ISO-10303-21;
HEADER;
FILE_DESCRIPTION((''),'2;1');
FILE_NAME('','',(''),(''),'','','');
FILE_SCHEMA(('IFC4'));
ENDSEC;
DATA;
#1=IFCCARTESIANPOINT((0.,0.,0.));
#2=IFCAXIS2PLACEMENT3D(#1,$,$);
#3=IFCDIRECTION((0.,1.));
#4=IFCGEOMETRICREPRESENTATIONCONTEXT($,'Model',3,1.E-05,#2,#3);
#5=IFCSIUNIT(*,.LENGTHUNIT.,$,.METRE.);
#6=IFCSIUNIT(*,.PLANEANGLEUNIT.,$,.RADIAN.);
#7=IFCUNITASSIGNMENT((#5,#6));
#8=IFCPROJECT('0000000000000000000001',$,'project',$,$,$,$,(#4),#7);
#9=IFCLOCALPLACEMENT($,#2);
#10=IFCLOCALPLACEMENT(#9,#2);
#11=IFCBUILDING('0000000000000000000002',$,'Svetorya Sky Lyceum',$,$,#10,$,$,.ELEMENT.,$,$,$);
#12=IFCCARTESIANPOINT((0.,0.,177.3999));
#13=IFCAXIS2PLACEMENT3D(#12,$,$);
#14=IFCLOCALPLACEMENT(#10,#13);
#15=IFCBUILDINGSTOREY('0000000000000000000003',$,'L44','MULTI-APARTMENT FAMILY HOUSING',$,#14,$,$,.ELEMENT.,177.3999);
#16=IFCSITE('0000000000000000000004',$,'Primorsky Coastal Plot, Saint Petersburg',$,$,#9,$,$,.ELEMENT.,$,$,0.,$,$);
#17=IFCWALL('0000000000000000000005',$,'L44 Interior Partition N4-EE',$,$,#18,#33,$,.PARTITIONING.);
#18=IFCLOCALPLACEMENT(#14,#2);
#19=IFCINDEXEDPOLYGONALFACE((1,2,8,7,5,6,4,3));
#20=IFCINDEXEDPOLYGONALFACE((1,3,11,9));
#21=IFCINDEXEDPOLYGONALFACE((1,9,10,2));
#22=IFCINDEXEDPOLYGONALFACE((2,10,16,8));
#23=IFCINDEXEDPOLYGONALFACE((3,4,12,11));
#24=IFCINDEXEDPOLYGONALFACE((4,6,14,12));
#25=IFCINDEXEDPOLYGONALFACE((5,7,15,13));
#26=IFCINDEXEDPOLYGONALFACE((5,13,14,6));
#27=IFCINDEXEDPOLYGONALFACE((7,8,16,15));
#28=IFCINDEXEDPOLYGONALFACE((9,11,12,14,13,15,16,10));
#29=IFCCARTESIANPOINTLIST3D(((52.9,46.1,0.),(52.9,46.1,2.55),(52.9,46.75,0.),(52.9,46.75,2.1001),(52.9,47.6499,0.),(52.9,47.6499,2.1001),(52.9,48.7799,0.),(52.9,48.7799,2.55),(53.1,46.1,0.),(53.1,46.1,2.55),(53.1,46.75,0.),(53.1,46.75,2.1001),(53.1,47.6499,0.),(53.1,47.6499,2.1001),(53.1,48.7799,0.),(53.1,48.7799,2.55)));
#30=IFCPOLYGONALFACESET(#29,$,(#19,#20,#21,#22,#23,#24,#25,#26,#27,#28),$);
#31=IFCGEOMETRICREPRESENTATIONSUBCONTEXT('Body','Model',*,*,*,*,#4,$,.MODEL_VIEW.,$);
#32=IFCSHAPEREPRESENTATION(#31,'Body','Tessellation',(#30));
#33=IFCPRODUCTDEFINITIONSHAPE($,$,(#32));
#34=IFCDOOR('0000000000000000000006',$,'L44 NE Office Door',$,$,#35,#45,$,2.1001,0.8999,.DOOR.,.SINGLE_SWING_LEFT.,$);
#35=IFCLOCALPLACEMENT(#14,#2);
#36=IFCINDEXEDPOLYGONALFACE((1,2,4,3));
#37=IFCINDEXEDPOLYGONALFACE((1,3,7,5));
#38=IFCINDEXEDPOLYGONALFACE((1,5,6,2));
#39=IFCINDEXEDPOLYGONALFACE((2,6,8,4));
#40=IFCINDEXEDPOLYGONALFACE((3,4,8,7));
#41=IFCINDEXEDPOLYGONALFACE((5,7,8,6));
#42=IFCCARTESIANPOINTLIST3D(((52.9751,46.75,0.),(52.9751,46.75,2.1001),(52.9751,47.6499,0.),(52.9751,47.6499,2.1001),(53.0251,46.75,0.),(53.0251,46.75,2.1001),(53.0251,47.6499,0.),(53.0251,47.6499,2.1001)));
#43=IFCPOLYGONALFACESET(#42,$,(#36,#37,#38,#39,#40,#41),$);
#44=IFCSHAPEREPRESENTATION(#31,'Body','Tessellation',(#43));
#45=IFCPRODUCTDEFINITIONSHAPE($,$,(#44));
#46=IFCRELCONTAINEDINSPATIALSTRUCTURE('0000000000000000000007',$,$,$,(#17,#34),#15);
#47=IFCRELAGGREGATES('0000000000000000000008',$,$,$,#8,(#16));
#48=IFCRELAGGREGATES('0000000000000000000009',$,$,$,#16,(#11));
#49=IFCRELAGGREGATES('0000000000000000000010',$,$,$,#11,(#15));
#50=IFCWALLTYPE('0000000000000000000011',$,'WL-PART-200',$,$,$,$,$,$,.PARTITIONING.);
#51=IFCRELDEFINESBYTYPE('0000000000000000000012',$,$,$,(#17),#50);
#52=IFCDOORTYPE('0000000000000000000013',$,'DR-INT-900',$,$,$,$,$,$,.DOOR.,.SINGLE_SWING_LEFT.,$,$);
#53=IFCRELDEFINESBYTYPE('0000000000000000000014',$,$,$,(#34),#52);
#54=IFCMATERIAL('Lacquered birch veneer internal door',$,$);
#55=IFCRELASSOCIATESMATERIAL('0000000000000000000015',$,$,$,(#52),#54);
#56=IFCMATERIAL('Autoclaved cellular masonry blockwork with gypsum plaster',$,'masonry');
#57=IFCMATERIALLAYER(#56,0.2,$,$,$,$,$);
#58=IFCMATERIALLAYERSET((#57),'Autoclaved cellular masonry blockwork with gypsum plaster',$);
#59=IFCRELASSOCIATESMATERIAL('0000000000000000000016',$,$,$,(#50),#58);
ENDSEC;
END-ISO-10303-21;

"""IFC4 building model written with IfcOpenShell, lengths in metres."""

from ifc_helpers import new_model, si_unit, direction, frame, frame_2d, origin, place, context, subcontext, project, spatial, rectangle, extrude, material, layer, layer_set, type_object, element, fill, save


model = new_model("IFC4")

# Units and contexts
model_context = context("Model", 3, precision=1e-05, world=origin(), true_north=direction((0.0, 1.0)))
body_context = subcontext(model_context, "Body", "Model", "MODEL_VIEW")
ifc_project = project(units=[si_unit("LENGTHUNIT", "METRE"), si_unit("PLANEANGLEUNIT", "RADIAN")], contexts=[model_context])

# Site, building, storey
site_placement = place(None, origin())
site = spatial("IfcSite", under=ifc_project, at=site_placement, Name="Primorsky Coastal Plot, Saint Petersburg", CompositionType="ELEMENT", RefElevation=0.0)
building_placement = place(site_placement, origin())
building = spatial("IfcBuilding", under=site, at=building_placement, Name="Svetorya Sky Lyceum", CompositionType="ELEMENT")
storey_placement = place(building_placement, frame((0.0, 0.0, 177.3999)))
storey = spatial("IfcBuildingStorey", under=building, at=storey_placement, Name="L44", Description="MULTI-APARTMENT FAMILY HOUSING", CompositionType="ELEMENT", Elevation=177.3999)

# Shared definitions
ifc_material_1 = material(Name="Lacquered birch veneer internal door")
door_type_1 = type_object("IfcDoorType", Name="DR-INT-900", OperationType="SINGLE_SWING_LEFT", PredefinedType="DOOR", material=ifc_material_1)

# Shared definitions
ifc_material_2 = material(Name="Autoclaved cellular masonry blockwork with gypsum plaster", Category="masonry")
ifc_layer_1 = layer(ifc_material_2, 0.2)
ifc_layer_set_1 = layer_set([ifc_layer_1], Name="Autoclaved cellular masonry blockwork with gypsum plaster")
wall_type_1 = type_object("IfcWallType", Name="WL-PART-200", PredefinedType="PARTITIONING", material=ifc_layer_set_1)

# Wall, opening, door
wall_1_placement = place(storey_placement, frame((53.0, 46.1001, 0.0), z_axis=(0.0, 0.0, 1.0), x_axis=(0.0, 1.0, 0.0)))
wall_1 = element("IfcWall", 1, at=wall_1_placement, inside=storey, type_object=wall_type_1, Name="L44 Interior Partition N4-EE", PredefinedType="PARTITIONING", context=body_context, shape_type="SweptSolid", body=[
    extrude(rectangle(XDim=2.6799, YDim=0.2, at=frame_2d((1.3398, 0.0))), origin(), (0.0, 0.0, 1.0), 2.55),
])
opening_1_placement = place(wall_1_placement, frame((0.6499, 0.0, 0.0)))
opening_1 = element("IfcOpeningElement", 2, at=opening_1_placement, cuts=wall_1, PredefinedType="OPENING", context=body_context, shape_type="SweptSolid", body=[
    extrude(rectangle(XDim=0.8999, YDim=2.1001, at=frame_2d((0.45, 1.05))), frame((0.0, 0.1099, 0.0), z_axis=(0.0, -1.0, 0.0), x_axis=(1.0, 0.0, 0.0)), (0.0, 0.0, 1.0), 0.22),
])
door_1_placement = place(opening_1_placement, origin())
door_1 = element("IfcDoor", 3, at=door_1_placement, inside=storey, type_object=door_type_1, Name="L44 NE Office Door", OperationType="SINGLE_SWING_LEFT", OverallHeight=2.1001, OverallWidth=0.8999, PredefinedType="DOOR", context=body_context, shape_type="SweptSolid", body=[
    extrude(rectangle(XDim=0.8999, YDim=2.1001, at=frame_2d((0.45, 1.05))), frame((0.0, 0.0249, 0.0), z_axis=(0.0, -1.0, 0.0), x_axis=(1.0, 0.0, 0.0)), (0.0, 0.0, 1.0), 0.05),
])
fill(opening_1, door_1)

save(model, "model.ifc")
